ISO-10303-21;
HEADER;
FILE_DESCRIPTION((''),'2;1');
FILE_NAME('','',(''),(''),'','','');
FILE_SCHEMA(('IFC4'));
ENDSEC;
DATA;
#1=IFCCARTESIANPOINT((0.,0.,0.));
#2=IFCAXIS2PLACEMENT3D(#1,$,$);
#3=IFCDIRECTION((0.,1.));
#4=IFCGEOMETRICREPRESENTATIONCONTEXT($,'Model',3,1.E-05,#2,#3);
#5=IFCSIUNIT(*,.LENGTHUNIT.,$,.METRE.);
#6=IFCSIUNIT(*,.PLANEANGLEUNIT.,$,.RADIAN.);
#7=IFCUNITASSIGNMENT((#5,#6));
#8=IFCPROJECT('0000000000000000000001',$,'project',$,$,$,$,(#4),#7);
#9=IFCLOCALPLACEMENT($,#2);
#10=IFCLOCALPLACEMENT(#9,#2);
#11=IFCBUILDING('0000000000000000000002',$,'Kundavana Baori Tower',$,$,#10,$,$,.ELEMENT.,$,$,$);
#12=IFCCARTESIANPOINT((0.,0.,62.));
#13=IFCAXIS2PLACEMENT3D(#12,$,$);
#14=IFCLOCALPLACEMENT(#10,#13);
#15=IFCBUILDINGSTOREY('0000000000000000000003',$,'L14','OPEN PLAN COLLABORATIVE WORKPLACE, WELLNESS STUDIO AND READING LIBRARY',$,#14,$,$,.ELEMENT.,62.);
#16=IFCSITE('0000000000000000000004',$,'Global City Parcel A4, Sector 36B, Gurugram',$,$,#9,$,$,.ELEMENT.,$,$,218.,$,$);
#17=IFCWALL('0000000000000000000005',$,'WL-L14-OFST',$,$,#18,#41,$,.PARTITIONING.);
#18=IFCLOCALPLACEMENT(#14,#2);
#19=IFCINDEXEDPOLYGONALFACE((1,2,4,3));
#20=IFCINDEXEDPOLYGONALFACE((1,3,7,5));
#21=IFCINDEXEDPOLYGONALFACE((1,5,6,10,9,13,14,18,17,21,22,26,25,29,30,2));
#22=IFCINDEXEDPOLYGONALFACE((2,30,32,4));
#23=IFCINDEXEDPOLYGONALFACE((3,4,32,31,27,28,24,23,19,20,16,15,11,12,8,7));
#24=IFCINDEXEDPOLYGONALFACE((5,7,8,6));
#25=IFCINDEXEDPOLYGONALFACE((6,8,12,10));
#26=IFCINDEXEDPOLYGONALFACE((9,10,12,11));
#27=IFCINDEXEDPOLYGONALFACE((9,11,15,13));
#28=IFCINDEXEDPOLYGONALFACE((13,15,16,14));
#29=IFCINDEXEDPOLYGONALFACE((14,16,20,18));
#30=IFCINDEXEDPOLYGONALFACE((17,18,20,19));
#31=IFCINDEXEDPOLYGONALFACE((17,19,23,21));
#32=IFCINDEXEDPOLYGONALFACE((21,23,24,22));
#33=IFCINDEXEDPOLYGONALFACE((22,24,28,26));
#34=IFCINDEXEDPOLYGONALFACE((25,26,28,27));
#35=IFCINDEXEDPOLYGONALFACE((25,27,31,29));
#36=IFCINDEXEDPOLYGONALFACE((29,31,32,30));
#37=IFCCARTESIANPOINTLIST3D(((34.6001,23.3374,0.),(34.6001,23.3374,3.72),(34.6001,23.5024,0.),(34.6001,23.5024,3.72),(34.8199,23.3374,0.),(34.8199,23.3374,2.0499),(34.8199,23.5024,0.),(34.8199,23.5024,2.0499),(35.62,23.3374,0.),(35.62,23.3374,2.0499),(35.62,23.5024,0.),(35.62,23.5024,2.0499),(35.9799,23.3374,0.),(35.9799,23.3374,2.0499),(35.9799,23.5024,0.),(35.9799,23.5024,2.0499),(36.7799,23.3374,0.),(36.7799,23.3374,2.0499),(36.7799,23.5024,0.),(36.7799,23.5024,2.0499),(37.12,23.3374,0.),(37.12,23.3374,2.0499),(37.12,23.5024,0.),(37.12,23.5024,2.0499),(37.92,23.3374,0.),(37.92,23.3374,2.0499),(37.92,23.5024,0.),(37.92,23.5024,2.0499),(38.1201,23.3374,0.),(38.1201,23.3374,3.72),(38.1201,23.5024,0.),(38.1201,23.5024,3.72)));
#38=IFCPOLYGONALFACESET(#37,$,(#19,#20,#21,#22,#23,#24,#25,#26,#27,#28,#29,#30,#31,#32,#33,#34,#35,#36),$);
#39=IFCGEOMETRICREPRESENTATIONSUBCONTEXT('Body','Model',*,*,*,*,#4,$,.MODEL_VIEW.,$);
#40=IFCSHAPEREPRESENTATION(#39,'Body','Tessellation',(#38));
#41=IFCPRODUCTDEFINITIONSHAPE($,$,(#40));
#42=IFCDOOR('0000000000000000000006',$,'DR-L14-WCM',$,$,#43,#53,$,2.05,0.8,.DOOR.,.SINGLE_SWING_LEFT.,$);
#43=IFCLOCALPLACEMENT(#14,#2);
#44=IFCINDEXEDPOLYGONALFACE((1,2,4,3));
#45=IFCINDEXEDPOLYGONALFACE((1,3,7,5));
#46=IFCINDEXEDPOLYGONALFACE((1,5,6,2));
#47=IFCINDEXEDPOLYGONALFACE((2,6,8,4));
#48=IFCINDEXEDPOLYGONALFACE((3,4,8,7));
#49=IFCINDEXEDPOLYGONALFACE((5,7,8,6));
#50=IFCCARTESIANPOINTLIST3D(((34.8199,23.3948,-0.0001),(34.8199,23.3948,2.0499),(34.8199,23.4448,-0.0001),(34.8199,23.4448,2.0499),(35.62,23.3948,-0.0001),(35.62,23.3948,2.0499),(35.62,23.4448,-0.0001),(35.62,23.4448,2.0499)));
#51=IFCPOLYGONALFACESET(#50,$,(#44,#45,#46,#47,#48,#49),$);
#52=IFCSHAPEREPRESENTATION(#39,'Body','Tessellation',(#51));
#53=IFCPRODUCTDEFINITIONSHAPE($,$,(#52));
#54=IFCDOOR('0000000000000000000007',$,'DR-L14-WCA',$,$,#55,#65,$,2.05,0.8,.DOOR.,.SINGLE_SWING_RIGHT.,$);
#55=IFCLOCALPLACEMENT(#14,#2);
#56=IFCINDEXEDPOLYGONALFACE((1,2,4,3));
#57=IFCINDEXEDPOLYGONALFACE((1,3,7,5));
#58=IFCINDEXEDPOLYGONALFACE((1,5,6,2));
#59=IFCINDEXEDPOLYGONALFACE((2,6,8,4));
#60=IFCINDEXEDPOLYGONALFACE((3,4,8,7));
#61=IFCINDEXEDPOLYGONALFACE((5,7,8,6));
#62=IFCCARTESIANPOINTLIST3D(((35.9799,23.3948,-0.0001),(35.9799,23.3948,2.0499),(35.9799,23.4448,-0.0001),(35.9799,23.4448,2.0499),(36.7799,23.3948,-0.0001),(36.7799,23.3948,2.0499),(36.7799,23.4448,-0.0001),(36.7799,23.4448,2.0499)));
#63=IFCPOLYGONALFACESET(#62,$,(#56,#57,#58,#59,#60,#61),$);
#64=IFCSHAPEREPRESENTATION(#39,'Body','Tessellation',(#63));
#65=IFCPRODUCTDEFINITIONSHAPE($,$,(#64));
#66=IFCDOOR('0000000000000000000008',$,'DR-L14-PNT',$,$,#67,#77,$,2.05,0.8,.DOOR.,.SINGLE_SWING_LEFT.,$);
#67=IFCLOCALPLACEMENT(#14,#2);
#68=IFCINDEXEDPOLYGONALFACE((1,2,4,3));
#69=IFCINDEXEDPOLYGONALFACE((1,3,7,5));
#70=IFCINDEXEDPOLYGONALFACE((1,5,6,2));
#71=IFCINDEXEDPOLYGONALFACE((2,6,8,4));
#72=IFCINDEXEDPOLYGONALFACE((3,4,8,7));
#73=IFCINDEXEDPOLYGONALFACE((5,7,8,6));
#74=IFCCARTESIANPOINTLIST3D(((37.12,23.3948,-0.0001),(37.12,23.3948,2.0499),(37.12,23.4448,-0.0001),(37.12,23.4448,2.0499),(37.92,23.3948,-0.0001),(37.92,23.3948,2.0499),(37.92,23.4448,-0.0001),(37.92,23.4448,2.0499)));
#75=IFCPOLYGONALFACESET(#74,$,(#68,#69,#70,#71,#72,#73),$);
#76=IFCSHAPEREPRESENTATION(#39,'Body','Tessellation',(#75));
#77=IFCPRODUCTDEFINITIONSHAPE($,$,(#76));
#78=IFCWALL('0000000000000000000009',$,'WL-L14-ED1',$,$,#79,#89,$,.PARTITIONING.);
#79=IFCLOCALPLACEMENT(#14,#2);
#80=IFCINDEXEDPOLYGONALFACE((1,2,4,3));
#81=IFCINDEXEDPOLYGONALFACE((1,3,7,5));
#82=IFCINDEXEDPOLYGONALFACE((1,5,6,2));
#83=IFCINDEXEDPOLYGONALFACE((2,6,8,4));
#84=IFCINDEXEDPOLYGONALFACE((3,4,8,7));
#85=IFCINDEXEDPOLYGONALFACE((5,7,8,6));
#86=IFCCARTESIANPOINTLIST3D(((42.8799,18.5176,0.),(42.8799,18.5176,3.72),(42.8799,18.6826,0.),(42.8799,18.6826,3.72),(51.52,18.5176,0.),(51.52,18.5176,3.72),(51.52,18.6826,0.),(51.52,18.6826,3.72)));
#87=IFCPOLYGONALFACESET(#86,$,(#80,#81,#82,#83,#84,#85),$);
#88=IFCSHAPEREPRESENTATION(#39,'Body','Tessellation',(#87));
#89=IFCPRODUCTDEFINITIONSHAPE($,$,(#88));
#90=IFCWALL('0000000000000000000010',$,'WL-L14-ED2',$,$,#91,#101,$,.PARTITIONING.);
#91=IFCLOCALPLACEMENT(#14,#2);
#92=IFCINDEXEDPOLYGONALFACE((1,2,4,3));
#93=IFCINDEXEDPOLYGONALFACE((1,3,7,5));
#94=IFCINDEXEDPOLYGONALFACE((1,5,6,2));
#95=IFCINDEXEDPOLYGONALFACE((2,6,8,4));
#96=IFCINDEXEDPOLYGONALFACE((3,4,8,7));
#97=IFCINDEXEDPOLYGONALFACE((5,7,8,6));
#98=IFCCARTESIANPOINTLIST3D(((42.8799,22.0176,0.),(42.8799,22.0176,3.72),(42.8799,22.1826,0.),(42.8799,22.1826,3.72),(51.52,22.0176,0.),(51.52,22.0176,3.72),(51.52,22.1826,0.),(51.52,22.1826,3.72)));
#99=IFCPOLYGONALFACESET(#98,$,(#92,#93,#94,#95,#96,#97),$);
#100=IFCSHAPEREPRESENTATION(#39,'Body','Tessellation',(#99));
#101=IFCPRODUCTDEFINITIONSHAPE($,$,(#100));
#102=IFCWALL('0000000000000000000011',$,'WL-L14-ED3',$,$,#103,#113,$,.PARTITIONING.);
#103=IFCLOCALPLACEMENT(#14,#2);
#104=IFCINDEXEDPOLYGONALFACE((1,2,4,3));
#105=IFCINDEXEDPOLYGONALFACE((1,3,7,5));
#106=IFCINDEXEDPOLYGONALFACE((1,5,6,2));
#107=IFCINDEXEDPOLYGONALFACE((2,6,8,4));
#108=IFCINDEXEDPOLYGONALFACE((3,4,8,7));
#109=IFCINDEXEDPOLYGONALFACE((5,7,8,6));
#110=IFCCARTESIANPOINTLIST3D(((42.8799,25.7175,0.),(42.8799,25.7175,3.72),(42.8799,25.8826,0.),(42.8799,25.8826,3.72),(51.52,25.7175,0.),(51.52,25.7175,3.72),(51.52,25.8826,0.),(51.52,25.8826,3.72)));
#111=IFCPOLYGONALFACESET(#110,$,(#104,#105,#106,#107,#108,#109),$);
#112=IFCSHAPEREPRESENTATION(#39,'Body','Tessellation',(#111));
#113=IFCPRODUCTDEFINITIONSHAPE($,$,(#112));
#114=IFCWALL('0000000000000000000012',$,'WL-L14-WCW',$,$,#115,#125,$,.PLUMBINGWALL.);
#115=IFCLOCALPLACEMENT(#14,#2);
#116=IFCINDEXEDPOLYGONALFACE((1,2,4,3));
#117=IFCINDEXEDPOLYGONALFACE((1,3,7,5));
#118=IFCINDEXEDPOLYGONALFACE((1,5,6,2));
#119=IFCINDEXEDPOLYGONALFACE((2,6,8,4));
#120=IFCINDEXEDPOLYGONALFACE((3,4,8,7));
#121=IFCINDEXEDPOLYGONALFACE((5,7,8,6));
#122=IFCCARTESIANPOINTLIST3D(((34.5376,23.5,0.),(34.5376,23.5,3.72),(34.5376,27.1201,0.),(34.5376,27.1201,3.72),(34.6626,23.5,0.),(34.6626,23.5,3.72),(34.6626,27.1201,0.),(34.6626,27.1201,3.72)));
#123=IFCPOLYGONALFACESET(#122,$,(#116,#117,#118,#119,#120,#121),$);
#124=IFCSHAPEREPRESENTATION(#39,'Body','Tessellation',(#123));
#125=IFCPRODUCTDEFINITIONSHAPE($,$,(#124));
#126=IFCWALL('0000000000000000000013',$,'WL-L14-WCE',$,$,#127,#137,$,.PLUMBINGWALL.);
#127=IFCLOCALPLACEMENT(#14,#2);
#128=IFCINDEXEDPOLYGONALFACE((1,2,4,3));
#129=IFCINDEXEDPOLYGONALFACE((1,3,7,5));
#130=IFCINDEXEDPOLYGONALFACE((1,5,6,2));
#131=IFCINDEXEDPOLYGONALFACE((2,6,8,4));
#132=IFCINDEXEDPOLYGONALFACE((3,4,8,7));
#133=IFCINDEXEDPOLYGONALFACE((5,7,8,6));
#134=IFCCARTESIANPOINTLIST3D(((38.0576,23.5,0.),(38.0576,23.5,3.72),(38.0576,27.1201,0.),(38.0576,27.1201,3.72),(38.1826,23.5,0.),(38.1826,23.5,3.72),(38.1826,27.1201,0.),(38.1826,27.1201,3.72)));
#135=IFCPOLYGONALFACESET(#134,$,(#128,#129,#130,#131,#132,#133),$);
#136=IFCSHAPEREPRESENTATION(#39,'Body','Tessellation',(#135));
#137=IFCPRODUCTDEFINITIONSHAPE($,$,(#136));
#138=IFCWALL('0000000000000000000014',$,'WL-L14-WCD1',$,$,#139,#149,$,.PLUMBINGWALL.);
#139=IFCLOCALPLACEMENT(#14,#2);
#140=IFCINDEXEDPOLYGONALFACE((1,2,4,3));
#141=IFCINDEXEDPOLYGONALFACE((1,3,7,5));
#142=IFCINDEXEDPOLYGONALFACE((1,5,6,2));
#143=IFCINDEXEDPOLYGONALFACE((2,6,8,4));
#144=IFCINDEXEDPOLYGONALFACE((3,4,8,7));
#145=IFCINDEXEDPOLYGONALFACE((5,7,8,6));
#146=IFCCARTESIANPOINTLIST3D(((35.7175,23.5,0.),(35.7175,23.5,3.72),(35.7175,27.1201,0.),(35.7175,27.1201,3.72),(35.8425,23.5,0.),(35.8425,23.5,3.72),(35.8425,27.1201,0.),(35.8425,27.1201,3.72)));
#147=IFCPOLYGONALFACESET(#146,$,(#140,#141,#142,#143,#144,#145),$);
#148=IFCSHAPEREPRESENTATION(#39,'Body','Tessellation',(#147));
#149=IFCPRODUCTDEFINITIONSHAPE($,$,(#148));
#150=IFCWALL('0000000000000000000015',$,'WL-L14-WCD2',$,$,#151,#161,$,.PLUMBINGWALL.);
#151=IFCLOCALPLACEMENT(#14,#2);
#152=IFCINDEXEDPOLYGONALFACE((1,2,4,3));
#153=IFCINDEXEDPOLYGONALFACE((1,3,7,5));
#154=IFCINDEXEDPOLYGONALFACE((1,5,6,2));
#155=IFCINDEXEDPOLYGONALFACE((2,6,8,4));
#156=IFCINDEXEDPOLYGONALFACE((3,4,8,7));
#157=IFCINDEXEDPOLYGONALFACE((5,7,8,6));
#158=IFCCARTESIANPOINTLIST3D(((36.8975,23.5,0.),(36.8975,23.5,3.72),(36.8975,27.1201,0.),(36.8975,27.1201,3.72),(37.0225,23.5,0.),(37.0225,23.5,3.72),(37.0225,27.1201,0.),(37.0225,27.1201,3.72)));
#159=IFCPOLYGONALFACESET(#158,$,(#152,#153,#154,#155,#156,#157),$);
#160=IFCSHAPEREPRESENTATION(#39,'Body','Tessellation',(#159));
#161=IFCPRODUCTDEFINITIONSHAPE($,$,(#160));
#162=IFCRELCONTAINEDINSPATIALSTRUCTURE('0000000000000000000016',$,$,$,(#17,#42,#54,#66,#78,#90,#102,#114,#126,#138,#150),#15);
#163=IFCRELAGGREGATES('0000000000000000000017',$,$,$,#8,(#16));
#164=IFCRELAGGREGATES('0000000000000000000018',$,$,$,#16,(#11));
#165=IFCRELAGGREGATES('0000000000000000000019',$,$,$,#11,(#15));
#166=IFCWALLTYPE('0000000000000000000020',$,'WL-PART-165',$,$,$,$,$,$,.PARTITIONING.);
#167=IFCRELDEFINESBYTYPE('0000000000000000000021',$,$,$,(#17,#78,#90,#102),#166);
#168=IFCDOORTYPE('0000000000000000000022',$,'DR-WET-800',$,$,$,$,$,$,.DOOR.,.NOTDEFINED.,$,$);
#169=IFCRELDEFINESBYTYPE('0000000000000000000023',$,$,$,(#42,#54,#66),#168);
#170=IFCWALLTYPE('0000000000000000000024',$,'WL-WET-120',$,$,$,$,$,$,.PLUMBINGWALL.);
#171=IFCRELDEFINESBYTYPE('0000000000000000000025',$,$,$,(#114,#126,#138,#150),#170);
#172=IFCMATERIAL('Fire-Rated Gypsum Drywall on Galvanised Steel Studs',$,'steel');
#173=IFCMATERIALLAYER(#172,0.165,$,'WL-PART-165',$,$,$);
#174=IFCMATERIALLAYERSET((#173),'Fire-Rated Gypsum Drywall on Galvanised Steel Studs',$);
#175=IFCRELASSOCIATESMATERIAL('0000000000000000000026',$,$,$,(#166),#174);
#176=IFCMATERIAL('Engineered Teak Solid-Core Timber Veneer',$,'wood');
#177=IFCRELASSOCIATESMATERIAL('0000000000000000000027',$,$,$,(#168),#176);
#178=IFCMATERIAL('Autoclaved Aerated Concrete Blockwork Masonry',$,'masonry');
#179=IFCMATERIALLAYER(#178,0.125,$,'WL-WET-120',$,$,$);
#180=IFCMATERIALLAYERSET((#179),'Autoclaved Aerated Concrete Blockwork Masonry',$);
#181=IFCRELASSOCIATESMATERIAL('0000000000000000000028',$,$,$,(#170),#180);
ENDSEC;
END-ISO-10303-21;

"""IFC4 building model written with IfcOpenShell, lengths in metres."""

from ifc_helpers import new_model, si_unit, direction, frame, frame_2d, origin, place, context, subcontext, project, spatial, rectangle, extrude, material, layer, layer_set, type_object, element, fill, save


model = new_model("IFC4")

# Units and contexts
model_context = context("Model", 3, precision=1e-05, world=origin(), true_north=direction((0.0, 1.0)))
body_context = subcontext(model_context, "Body", "Model", "MODEL_VIEW")
ifc_project = project(units=[si_unit("LENGTHUNIT", "METRE"), si_unit("PLANEANGLEUNIT", "RADIAN")], contexts=[model_context])

# Site, building, storey
site_placement = place(None, origin())
site = spatial("IfcSite", under=ifc_project, at=site_placement, Name="Global City Parcel A4, Sector 36B, Gurugram", CompositionType="ELEMENT", RefElevation=218.0)
building_placement = place(site_placement, origin())
building = spatial("IfcBuilding", under=site, at=building_placement, Name="Kundavana Baori Tower", CompositionType="ELEMENT")
storey_placement = place(building_placement, frame((0.0, 0.0, 62.0)))
storey = spatial("IfcBuildingStorey", under=building, at=storey_placement, Name="L14", Description="OPEN PLAN COLLABORATIVE WORKPLACE, WELLNESS STUDIO AND READING LIBRARY", CompositionType="ELEMENT", Elevation=62.0)

# Wall, openings, doors
ifc_material_1 = material(Name="Fire-Rated Gypsum Drywall on Galvanised Steel Studs", Category="steel")
ifc_layer_1 = layer(ifc_material_1, 0.165, Name="WL-PART-165")
ifc_layer_set_1 = layer_set([ifc_layer_1], Name="Fire-Rated Gypsum Drywall on Galvanised Steel Studs")
wall_type_1 = type_object("IfcWallType", Name="WL-PART-165", PredefinedType="PARTITIONING", material=ifc_layer_set_1)
wall_placement = place(storey_placement, frame((34.6001, 23.4199, 0.0), z_axis=(0.0, 0.0, 1.0), x_axis=(1.0, 0.0, 0.0)))
wall = element("IfcWall", 1, at=wall_placement, inside=storey, type_object=wall_type_1, Name="WL-L14-OFST", PredefinedType="PARTITIONING", context=body_context, shape_type="SweptSolid", body=[
    extrude(rectangle(XDim=3.52, YDim=0.165, at=frame_2d((1.76, 0.0))), origin(), (0.0, 0.0, 1.0), 3.72),
])
opening_1_placement = place(wall_placement, frame((0.22, 0.0, 0.0)))
opening_1 = element("IfcOpeningElement", 2, at=opening_1_placement, cuts=wall, PredefinedType="OPENING", context=body_context, shape_type="SweptSolid", body=[
    extrude(rectangle(XDim=0.8, YDim=2.05, at=frame_2d((0.3999, 1.0249))), frame((0.0, 0.0925, 0.0), z_axis=(0.0, -1.0, 0.0), x_axis=(1.0, 0.0, 0.0)), (0.0, 0.0, 1.0), 0.1851),
])
opening_2_placement = place(wall_placement, frame((1.3799, 0.0, 0.0)))
opening_2 = element("IfcOpeningElement", 3, at=opening_2_placement, cuts=wall, PredefinedType="OPENING", context=body_context, shape_type="SweptSolid", body=[
    extrude(rectangle(XDim=0.8, YDim=2.05, at=frame_2d((0.3999, 1.0249))), frame((0.0, 0.0925, 0.0), z_axis=(0.0, -1.0, 0.0), x_axis=(1.0, 0.0, 0.0)), (0.0, 0.0, 1.0), 0.1851),
])
opening_3_placement = place(wall_placement, frame((2.52, 0.0, 0.0)))
opening_3 = element("IfcOpeningElement", 4, at=opening_3_placement, cuts=wall, PredefinedType="OPENING", context=body_context, shape_type="SweptSolid", body=[
    extrude(rectangle(XDim=0.8, YDim=2.05, at=frame_2d((0.3999, 1.0249))), frame((0.0, 0.0925, 0.0), z_axis=(0.0, -1.0, 0.0), x_axis=(1.0, 0.0, 0.0)), (0.0, 0.0, 1.0), 0.1851),
])
ifc_material_2 = material(Name="Engineered Teak Solid-Core Timber Veneer", Category="wood")
door_type = type_object("IfcDoorType", Name="DR-WET-800", OperationType="NOTDEFINED", PredefinedType="DOOR", material=ifc_material_2)
door_1_placement = place(opening_1_placement, origin())
door_1 = element("IfcDoor", 5, at=door_1_placement, inside=storey, type_object=door_type, Name="DR-L14-WCM", OperationType="SINGLE_SWING_LEFT", OverallHeight=2.05, OverallWidth=0.8, PredefinedType="DOOR", context=body_context, shape_type="SweptSolid", body=[
    extrude(rectangle(XDim=0.8, YDim=2.05, at=frame_2d((0.3999, 1.0249))), frame((0.0, 0.0249, 0.0), z_axis=(0.0, -1.0, 0.0), x_axis=(1.0, 0.0, 0.0)), (0.0, 0.0, 1.0), 0.05),
])
fill(opening_1, door_1)
door_2_placement = place(opening_2_placement, origin())
door_2 = element("IfcDoor", 6, at=door_2_placement, inside=storey, type_object=door_type, Name="DR-L14-WCA", OperationType="SINGLE_SWING_RIGHT", OverallHeight=2.05, OverallWidth=0.8, PredefinedType="DOOR", context=body_context, shape_type="SweptSolid", body=[
    extrude(rectangle(XDim=0.8, YDim=2.05, at=frame_2d((0.3999, 1.0249))), frame((0.0, 0.0249, 0.0), z_axis=(0.0, -1.0, 0.0), x_axis=(1.0, 0.0, 0.0)), (0.0, 0.0, 1.0), 0.05),
])
fill(opening_2, door_2)
door_3_placement = place(opening_3_placement, origin())
door_3 = element("IfcDoor", 7, at=door_3_placement, inside=storey, type_object=door_type, Name="DR-L14-PNT", OperationType="SINGLE_SWING_LEFT", OverallHeight=2.05, OverallWidth=0.8, PredefinedType="DOOR", context=body_context, shape_type="SweptSolid", body=[
    extrude(rectangle(XDim=0.8, YDim=2.05, at=frame_2d((0.3999, 1.0249))), frame((0.0, 0.0249, 0.0), z_axis=(0.0, -1.0, 0.0), x_axis=(1.0, 0.0, 0.0)), (0.0, 0.0, 1.0), 0.05),
])
fill(opening_3, door_3)

# Walls
for number, where, z_axis, x_axis, name in (
    (8, (42.8799, 18.6001, 0.0), (0.0, 0.0, 1.0), (1.0, 0.0, 0.0), "WL-L14-ED1"),
    (9, (42.8799, 22.1001, 0.0), (0.0, 0.0, 1.0), (1.0, 0.0, 0.0), "WL-L14-ED2"),
    (10, (42.8799, 25.8, 0.0), (0.0, 0.0, 1.0), (1.0, 0.0, 0.0), "WL-L14-ED3"),
):
    element("IfcWall", number, at=place(storey_placement, frame(where, z_axis=z_axis, x_axis=x_axis)), inside=storey, type_object=wall_type_1, Name=name, PredefinedType="PARTITIONING", context=body_context, shape_type="SweptSolid", body=[
        extrude(rectangle(XDim=8.6401, YDim=0.165, at=frame_2d((4.3201, 0.0))), origin(), (0.0, 0.0, 1.0), 3.72),
    ])
ifc_material_3 = material(Name="Autoclaved Aerated Concrete Blockwork Masonry", Category="masonry")
ifc_layer_2 = layer(ifc_material_3, 0.125, Name="WL-WET-120")
ifc_layer_set_2 = layer_set([ifc_layer_2], Name="Autoclaved Aerated Concrete Blockwork Masonry")
wall_type_2 = type_object("IfcWallType", Name="WL-WET-120", PredefinedType="PLUMBINGWALL", material=ifc_layer_set_2)
for number, where, z_axis, x_axis, name in (
    (11, (34.6001, 23.5, 0.0), (0.0, 0.0, 1.0), (0.0, 1.0, 0.0), "WL-L14-WCW"),
    (12, (38.1201, 23.5, 0.0), (0.0, 0.0, 1.0), (0.0, 1.0, 0.0), "WL-L14-WCE"),
    (13, (35.78, 23.5, 0.0), (0.0, 0.0, 1.0), (0.0, 1.0, 0.0), "WL-L14-WCD1"),
    (14, (36.96, 23.5, 0.0), (0.0, 0.0, 1.0), (0.0, 1.0, 0.0), "WL-L14-WCD2"),
):
    element("IfcWall", number, at=place(storey_placement, frame(where, z_axis=z_axis, x_axis=x_axis)), inside=storey, type_object=wall_type_2, Name=name, PredefinedType="PLUMBINGWALL", context=body_context, shape_type="SweptSolid", body=[
        extrude(rectangle(XDim=3.6201, YDim=0.125, at=frame_2d((1.8101, 0.0))), origin(), (0.0, 0.0, 1.0), 3.72),
    ])

save(model, "model.ifc")
